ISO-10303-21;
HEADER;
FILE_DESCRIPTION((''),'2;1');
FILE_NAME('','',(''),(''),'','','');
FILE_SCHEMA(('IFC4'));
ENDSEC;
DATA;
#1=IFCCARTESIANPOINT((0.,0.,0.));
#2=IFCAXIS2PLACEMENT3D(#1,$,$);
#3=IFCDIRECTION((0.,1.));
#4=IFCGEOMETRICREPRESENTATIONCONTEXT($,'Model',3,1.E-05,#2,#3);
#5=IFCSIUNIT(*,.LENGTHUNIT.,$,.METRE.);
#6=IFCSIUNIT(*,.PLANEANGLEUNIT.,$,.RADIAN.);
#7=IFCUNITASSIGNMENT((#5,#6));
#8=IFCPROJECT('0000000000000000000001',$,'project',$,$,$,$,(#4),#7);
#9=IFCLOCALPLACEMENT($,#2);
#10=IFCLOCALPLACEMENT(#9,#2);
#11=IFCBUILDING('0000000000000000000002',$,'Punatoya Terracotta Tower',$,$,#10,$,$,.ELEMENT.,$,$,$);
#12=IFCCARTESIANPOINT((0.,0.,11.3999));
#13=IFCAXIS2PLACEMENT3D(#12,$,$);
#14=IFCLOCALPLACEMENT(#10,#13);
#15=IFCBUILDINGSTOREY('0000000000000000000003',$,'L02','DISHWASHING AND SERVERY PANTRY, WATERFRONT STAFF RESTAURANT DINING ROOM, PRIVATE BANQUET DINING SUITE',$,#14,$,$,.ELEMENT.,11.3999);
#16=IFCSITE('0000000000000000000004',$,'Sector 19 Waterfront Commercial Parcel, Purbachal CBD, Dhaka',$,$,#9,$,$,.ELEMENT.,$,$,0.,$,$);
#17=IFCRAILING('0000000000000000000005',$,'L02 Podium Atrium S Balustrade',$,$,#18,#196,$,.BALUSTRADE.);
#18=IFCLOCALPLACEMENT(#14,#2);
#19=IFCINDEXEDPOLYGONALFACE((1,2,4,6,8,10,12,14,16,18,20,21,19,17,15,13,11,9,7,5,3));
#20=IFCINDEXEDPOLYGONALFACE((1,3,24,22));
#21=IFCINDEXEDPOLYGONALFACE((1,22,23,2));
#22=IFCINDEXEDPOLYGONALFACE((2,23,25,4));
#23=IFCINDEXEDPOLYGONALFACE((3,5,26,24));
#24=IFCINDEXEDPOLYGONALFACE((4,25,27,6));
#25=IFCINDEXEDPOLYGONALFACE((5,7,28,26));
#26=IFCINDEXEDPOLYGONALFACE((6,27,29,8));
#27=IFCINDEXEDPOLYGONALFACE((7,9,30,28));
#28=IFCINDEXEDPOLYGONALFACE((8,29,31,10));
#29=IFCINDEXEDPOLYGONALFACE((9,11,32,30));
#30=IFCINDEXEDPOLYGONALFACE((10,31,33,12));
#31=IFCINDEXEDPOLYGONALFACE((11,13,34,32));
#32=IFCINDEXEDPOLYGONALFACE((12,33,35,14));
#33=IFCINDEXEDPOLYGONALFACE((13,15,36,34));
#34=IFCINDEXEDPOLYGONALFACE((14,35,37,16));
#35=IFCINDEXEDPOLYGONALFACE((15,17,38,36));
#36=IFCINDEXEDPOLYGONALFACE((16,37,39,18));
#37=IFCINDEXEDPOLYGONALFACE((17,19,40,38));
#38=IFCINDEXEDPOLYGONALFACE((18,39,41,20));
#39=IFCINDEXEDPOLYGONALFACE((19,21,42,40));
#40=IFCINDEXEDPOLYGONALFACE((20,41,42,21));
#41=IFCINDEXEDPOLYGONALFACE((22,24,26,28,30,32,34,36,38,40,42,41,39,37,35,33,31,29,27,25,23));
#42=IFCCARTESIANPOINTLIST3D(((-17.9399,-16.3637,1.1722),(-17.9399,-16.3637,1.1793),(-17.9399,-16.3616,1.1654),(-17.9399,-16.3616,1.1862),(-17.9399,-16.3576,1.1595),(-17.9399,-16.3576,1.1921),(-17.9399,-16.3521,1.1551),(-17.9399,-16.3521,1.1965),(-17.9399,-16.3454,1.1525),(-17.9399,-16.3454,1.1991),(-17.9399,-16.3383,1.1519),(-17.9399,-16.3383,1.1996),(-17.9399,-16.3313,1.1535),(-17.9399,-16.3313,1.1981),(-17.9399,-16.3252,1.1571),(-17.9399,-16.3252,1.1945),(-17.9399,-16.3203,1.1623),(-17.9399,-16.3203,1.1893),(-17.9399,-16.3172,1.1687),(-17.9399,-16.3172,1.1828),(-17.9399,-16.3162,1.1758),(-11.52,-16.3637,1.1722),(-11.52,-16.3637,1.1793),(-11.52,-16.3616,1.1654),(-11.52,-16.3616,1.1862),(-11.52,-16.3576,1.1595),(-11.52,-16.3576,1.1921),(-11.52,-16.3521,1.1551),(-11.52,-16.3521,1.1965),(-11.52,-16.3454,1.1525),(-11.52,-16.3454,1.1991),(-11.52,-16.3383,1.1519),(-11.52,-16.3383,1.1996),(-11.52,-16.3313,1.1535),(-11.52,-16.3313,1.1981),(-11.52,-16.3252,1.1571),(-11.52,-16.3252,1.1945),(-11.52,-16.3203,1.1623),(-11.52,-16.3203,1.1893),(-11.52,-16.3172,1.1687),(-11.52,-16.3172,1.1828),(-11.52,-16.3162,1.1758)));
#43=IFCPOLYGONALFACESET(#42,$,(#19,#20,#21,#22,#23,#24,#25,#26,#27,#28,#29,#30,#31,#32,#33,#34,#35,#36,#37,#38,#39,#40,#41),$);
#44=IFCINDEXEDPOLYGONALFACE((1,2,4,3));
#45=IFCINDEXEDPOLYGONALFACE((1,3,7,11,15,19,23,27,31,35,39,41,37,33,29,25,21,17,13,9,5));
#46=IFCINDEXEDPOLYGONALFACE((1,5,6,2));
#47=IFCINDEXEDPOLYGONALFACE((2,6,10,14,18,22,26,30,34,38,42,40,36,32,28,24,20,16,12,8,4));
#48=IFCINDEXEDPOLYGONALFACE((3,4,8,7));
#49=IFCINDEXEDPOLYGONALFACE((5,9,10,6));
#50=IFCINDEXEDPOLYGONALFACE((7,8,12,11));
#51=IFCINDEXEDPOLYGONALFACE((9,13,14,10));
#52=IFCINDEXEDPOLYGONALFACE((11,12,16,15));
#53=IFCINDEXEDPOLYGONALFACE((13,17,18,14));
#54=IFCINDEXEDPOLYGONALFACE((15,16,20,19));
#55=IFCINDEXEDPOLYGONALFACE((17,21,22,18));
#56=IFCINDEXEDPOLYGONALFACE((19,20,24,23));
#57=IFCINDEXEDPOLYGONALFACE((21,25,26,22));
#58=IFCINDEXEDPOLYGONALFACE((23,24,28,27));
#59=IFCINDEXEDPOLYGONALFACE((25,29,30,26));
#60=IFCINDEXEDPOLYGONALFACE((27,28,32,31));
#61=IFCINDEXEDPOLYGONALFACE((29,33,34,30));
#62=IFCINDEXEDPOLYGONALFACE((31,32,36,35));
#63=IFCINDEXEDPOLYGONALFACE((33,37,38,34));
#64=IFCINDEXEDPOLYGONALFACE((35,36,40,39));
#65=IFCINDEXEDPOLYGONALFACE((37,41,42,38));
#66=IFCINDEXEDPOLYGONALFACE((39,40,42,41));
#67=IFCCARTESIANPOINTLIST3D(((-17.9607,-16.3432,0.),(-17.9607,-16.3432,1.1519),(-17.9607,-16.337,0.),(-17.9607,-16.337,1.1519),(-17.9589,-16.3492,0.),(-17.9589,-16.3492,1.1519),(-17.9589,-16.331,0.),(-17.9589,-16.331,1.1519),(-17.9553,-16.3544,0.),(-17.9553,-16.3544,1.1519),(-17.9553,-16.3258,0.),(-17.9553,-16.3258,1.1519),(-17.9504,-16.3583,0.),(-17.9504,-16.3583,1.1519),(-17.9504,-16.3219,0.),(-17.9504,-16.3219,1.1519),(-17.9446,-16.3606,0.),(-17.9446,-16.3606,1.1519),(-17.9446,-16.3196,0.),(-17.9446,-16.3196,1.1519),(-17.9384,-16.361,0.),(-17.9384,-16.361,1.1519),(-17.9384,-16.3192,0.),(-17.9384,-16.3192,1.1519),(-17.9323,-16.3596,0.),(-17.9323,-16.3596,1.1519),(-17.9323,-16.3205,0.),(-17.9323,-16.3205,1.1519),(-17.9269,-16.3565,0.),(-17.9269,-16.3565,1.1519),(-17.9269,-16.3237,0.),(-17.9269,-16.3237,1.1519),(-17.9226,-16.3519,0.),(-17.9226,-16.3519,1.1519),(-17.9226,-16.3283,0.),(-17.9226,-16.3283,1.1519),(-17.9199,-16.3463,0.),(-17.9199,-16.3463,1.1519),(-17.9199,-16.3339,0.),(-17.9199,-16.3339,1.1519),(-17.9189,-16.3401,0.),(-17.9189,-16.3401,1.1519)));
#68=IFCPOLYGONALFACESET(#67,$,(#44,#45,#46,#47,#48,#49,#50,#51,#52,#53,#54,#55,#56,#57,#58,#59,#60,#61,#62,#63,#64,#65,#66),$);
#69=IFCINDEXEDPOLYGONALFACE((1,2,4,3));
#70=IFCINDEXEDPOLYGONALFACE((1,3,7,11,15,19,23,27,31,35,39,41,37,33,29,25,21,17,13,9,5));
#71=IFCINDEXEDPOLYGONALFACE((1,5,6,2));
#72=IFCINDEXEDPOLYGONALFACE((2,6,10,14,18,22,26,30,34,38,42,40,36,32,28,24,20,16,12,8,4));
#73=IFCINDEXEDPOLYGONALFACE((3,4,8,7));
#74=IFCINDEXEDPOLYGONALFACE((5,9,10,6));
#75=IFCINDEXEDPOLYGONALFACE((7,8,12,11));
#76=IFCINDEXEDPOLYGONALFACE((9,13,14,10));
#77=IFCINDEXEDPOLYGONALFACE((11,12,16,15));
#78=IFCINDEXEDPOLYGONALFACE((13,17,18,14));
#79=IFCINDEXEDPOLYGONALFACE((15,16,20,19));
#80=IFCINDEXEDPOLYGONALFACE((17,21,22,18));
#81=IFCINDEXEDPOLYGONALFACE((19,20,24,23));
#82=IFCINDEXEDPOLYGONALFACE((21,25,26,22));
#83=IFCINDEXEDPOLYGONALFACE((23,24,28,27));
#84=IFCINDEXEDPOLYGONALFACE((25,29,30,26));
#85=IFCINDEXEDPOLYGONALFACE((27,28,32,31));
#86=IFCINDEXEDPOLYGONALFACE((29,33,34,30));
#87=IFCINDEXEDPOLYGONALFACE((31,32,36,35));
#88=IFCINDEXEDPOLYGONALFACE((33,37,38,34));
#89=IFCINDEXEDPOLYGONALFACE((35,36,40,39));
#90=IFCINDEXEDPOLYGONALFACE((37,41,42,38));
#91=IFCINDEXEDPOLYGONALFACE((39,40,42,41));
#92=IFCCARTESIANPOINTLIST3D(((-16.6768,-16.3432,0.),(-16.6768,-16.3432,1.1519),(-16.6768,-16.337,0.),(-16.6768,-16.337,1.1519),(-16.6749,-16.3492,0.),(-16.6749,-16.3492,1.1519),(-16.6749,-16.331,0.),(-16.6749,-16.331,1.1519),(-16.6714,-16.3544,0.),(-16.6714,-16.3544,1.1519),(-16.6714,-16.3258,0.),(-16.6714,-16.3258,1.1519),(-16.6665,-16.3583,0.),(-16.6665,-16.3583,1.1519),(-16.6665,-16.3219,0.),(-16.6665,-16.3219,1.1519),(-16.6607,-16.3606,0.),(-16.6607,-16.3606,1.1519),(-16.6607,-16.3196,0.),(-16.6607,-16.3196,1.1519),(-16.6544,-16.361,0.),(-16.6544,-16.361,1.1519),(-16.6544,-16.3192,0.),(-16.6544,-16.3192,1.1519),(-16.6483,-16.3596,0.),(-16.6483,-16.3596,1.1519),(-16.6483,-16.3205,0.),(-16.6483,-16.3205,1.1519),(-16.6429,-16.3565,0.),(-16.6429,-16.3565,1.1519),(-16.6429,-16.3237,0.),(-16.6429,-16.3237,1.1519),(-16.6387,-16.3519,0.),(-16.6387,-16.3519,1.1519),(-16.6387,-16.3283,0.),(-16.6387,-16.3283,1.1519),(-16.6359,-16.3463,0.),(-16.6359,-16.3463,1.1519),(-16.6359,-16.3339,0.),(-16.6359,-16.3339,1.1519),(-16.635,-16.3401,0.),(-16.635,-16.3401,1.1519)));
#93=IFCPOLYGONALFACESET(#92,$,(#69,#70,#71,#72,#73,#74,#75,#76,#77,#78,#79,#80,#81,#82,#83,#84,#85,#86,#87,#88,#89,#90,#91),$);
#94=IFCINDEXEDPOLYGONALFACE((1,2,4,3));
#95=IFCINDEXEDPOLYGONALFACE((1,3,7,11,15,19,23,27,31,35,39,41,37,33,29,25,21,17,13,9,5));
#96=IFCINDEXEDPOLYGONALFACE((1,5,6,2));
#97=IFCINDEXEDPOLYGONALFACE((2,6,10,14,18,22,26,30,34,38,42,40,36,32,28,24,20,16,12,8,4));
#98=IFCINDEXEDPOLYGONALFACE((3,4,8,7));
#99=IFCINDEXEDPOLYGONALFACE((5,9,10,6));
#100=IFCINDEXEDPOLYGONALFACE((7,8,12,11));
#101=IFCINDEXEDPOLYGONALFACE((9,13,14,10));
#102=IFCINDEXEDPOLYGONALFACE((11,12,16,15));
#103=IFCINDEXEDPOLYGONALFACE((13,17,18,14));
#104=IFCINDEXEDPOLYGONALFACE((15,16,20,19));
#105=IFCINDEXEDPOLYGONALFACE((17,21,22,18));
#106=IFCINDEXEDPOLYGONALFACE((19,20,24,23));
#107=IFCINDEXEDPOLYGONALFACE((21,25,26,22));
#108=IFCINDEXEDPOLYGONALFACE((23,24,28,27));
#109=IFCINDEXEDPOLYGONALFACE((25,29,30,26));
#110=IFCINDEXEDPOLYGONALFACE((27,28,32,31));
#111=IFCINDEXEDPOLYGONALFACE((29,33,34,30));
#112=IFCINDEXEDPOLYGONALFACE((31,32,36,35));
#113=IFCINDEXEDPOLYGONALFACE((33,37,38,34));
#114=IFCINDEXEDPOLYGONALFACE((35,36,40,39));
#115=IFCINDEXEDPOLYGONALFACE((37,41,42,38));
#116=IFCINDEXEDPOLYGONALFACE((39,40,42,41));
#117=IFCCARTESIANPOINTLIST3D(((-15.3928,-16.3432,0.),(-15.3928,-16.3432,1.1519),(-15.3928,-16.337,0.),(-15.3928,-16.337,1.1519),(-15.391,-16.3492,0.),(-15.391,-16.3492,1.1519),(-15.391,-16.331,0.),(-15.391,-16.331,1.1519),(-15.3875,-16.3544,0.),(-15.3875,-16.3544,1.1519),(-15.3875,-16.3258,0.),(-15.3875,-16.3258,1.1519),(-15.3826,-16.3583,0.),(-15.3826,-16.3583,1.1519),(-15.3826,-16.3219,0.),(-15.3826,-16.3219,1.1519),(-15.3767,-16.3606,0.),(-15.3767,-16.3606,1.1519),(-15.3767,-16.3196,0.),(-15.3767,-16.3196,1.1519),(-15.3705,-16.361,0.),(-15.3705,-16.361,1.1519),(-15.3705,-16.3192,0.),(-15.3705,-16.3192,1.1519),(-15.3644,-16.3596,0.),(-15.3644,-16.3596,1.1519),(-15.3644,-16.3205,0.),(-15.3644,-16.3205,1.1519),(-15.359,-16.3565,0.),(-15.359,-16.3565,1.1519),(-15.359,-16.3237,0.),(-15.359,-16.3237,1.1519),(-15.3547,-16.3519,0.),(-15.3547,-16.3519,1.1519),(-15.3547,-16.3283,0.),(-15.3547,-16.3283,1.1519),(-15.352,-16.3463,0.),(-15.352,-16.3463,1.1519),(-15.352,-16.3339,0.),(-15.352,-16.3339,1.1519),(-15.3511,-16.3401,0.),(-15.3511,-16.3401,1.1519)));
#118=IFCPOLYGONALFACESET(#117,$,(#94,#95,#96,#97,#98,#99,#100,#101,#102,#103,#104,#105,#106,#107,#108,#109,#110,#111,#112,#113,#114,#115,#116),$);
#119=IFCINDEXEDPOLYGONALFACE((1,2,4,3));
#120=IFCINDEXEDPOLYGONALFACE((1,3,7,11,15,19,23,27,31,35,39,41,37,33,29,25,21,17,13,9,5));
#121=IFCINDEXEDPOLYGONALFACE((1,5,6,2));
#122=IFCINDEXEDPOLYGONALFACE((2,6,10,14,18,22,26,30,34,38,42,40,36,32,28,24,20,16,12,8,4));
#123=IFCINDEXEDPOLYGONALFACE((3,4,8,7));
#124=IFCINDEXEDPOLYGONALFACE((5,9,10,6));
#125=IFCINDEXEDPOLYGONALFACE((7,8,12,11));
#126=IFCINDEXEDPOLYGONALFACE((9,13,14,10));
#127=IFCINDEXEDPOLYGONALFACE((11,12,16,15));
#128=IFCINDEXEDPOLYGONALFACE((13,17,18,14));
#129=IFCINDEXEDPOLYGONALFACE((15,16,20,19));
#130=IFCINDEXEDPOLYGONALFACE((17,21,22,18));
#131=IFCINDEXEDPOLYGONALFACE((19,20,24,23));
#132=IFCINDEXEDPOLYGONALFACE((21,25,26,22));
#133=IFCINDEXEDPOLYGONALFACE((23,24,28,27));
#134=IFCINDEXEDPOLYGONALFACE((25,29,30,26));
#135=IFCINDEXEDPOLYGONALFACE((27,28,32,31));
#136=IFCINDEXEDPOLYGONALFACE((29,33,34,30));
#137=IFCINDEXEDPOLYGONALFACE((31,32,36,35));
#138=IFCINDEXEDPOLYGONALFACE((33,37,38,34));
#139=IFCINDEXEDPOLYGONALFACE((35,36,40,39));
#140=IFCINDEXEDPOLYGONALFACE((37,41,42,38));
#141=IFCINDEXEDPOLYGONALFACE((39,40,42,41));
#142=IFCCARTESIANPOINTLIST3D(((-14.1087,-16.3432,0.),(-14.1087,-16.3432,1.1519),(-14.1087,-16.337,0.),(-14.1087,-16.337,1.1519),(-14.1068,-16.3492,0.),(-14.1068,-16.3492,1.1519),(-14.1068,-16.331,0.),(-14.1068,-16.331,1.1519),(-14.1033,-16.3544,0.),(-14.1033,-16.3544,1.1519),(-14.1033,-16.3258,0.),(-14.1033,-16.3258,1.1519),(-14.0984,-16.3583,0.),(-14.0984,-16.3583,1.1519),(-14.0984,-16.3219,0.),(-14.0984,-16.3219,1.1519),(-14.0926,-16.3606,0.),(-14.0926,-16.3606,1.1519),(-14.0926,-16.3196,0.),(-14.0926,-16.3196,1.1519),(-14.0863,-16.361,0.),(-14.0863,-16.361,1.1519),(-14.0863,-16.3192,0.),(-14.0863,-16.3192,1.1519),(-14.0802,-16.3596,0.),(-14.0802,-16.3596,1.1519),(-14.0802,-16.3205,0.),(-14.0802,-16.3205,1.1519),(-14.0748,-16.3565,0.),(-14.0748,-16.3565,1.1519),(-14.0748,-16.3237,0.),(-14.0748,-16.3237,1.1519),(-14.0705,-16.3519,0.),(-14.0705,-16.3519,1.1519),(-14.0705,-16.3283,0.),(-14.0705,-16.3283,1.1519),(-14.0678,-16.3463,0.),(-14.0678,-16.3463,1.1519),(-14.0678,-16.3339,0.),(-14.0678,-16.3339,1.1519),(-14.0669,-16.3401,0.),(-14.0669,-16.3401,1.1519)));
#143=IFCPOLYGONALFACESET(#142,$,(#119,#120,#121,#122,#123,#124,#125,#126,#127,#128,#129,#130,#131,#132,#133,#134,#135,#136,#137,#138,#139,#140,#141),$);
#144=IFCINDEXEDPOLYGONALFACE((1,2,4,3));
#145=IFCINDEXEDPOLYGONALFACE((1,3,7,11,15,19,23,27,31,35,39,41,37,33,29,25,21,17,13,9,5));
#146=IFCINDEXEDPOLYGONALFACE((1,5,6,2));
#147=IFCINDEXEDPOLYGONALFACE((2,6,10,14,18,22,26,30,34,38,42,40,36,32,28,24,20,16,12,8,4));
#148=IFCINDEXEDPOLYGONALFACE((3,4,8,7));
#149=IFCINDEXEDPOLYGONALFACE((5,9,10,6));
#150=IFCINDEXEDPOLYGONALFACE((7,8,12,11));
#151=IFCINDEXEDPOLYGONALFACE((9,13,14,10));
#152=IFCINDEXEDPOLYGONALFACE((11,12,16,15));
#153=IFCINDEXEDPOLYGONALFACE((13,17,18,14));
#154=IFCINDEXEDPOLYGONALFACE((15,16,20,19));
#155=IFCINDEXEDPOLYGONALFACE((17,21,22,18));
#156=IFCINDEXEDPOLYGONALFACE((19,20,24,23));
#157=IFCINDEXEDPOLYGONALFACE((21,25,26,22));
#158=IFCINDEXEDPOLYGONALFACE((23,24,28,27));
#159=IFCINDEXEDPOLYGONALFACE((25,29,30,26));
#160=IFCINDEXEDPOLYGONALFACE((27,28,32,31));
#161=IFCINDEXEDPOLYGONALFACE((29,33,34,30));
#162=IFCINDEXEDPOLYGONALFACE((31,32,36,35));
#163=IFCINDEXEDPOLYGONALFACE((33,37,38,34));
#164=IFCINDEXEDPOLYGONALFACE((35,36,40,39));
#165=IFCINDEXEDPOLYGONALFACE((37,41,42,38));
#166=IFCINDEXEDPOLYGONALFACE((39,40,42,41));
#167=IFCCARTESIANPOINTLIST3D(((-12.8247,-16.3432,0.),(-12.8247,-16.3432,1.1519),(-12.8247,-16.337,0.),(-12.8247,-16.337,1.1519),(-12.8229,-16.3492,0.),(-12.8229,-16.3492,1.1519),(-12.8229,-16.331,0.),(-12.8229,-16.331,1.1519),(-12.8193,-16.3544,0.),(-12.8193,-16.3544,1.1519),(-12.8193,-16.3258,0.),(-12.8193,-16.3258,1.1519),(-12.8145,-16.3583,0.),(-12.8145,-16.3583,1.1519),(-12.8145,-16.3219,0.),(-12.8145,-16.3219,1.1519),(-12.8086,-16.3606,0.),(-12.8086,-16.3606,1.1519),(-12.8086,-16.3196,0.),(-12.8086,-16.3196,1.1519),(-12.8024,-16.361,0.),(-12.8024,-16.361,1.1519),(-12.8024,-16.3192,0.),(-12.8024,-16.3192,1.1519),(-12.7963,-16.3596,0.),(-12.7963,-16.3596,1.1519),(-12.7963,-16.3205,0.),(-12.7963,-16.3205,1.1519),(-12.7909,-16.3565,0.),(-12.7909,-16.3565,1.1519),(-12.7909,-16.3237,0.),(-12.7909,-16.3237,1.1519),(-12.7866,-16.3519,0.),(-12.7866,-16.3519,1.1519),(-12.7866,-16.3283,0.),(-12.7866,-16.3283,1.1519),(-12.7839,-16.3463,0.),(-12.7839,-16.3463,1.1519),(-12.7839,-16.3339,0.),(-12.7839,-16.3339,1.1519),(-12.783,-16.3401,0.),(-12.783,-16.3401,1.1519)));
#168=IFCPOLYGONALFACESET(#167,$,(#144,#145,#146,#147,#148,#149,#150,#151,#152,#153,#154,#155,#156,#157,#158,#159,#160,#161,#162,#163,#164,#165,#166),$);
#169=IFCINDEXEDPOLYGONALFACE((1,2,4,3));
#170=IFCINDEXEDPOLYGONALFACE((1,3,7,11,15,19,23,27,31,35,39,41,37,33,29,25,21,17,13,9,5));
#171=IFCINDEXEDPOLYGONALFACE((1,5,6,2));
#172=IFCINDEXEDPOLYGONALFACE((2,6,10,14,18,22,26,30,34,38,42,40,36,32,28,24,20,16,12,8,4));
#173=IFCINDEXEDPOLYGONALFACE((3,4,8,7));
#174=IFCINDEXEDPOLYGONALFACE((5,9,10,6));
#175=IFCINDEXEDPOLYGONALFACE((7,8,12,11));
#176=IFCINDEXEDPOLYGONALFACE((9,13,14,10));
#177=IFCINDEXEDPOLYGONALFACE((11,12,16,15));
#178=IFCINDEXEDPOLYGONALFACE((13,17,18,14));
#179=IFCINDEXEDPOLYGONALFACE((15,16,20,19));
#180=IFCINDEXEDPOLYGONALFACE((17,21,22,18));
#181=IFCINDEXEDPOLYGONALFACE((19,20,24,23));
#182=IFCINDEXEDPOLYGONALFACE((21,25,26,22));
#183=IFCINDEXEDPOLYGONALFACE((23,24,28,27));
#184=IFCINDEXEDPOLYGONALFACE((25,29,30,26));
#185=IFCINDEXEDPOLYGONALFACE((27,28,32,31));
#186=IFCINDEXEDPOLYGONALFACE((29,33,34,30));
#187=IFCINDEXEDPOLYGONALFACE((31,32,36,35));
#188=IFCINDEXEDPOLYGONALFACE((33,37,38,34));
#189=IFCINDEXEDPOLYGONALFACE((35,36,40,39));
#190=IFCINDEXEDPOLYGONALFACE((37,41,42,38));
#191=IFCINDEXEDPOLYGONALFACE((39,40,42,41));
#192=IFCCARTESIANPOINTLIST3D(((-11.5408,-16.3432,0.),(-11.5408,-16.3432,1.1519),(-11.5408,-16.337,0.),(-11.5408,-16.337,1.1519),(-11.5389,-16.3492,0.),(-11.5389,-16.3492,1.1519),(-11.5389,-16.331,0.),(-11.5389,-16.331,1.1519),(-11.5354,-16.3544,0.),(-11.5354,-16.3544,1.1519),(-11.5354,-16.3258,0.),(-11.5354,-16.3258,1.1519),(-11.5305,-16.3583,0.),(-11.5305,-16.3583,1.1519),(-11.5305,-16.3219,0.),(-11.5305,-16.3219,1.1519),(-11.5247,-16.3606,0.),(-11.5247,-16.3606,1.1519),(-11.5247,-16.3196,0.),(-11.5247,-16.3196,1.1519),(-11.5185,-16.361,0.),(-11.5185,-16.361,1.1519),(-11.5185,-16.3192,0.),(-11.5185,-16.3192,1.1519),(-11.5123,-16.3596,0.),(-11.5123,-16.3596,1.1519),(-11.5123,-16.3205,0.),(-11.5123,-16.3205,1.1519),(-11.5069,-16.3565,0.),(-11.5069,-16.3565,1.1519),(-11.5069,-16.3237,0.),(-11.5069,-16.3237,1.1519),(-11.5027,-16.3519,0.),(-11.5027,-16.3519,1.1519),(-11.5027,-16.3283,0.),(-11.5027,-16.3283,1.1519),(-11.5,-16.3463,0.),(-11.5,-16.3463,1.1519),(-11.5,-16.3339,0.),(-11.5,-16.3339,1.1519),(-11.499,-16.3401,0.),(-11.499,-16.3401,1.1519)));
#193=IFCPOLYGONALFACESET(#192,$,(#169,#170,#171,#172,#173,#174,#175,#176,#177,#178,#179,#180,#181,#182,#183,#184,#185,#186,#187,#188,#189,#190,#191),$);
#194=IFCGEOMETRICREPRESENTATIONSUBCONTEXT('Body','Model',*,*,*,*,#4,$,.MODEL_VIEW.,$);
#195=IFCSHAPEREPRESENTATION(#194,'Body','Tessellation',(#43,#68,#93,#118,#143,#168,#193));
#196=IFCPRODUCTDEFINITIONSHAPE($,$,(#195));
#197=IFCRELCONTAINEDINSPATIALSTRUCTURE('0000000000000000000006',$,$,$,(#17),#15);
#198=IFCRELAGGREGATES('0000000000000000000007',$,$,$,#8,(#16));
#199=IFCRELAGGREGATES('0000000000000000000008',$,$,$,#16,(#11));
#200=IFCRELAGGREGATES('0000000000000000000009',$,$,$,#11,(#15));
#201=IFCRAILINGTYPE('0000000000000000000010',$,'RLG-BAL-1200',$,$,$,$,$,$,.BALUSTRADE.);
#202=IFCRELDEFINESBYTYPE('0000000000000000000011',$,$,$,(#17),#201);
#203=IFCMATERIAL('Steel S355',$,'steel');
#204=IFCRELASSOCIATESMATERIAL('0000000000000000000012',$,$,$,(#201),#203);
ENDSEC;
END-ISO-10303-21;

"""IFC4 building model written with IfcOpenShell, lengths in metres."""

from ifc_helpers import new_model, si_unit, direction, frame, origin, origin_2d, place, context, subcontext, project, spatial, circle, extrude, material, type_object, element, save


model = new_model("IFC4")

# Units and contexts
model_context = context("Model", 3, precision=1e-05, world=origin(), true_north=direction((0.0, 1.0)))
body_context = subcontext(model_context, "Body", "Model", "MODEL_VIEW")
ifc_project = project(units=[si_unit("LENGTHUNIT", "METRE"), si_unit("PLANEANGLEUNIT", "RADIAN")], contexts=[model_context])

# Site, building, storey
site_placement = place(None, origin())
site = spatial("IfcSite", under=ifc_project, at=site_placement, Name="Sector 19 Waterfront Commercial Parcel, Purbachal CBD, Dhaka", CompositionType="ELEMENT", RefElevation=0.0)
building_placement = place(site_placement, origin())
building = spatial("IfcBuilding", under=site, at=building_placement, Name="Punatoya Terracotta Tower", CompositionType="ELEMENT")
storey_placement = place(building_placement, frame((0.0, 0.0, 11.3999)))
storey = spatial("IfcBuildingStorey", under=building, at=storey_placement, Name="L02", Description="DISHWASHING AND SERVERY PANTRY, WATERFRONT STAFF RESTAURANT DINING ROOM, PRIVATE BANQUET DINING SUITE", CompositionType="ELEMENT", Elevation=11.3999)

# Shared definitions
ifc_material_1 = material(Name="Steel S355", Category="steel")

# Railing
railing_type_1 = type_object("IfcRailingType", Name="RLG-BAL-1200", PredefinedType="BALUSTRADE", material=ifc_material_1)
railing_1_placement = place(storey_placement, frame((-17.9399, -16.3401, 0.0)))
element("IfcRailing", 1, at=railing_1_placement, inside=storey, type_object=railing_type_1, Name="L02 Podium Atrium S Balustrade", PredefinedType="BALUSTRADE", context=body_context, shape_type="SweptSolid", body=[
    extrude(circle(Radius=0.0239, at=origin_2d()), frame((0.0, 0.0, 1.1758), z_axis=(1.0, 0.0, 0.0), x_axis=(0.0, 1.0, 0.0)), (0.0, 0.0, 1.0), 6.4199),
    extrude(circle(Radius=0.021, at=origin_2d()), origin(), (0.0, 0.0, 1.0), 1.1519),
    extrude(circle(Radius=0.021, at=origin_2d()), frame((1.2839, 0.0, 0.0)), (0.0, 0.0, 1.0), 1.1519),
    extrude(circle(Radius=0.021, at=origin_2d()), frame((2.5679, 0.0, 0.0)), (0.0, 0.0, 1.0), 1.1519),
    extrude(circle(Radius=0.021, at=origin_2d()), frame((3.8521, 0.0, 0.0)), (0.0, 0.0, 1.0), 1.1519),
    extrude(circle(Radius=0.021, at=origin_2d()), frame((5.136, 0.0, 0.0)), (0.0, 0.0, 1.0), 1.1519),
    extrude(circle(Radius=0.021, at=origin_2d()), frame((6.4199, 0.0, 0.0)), (0.0, 0.0, 1.0), 1.1519),
])

save(model, "model.ifc")
